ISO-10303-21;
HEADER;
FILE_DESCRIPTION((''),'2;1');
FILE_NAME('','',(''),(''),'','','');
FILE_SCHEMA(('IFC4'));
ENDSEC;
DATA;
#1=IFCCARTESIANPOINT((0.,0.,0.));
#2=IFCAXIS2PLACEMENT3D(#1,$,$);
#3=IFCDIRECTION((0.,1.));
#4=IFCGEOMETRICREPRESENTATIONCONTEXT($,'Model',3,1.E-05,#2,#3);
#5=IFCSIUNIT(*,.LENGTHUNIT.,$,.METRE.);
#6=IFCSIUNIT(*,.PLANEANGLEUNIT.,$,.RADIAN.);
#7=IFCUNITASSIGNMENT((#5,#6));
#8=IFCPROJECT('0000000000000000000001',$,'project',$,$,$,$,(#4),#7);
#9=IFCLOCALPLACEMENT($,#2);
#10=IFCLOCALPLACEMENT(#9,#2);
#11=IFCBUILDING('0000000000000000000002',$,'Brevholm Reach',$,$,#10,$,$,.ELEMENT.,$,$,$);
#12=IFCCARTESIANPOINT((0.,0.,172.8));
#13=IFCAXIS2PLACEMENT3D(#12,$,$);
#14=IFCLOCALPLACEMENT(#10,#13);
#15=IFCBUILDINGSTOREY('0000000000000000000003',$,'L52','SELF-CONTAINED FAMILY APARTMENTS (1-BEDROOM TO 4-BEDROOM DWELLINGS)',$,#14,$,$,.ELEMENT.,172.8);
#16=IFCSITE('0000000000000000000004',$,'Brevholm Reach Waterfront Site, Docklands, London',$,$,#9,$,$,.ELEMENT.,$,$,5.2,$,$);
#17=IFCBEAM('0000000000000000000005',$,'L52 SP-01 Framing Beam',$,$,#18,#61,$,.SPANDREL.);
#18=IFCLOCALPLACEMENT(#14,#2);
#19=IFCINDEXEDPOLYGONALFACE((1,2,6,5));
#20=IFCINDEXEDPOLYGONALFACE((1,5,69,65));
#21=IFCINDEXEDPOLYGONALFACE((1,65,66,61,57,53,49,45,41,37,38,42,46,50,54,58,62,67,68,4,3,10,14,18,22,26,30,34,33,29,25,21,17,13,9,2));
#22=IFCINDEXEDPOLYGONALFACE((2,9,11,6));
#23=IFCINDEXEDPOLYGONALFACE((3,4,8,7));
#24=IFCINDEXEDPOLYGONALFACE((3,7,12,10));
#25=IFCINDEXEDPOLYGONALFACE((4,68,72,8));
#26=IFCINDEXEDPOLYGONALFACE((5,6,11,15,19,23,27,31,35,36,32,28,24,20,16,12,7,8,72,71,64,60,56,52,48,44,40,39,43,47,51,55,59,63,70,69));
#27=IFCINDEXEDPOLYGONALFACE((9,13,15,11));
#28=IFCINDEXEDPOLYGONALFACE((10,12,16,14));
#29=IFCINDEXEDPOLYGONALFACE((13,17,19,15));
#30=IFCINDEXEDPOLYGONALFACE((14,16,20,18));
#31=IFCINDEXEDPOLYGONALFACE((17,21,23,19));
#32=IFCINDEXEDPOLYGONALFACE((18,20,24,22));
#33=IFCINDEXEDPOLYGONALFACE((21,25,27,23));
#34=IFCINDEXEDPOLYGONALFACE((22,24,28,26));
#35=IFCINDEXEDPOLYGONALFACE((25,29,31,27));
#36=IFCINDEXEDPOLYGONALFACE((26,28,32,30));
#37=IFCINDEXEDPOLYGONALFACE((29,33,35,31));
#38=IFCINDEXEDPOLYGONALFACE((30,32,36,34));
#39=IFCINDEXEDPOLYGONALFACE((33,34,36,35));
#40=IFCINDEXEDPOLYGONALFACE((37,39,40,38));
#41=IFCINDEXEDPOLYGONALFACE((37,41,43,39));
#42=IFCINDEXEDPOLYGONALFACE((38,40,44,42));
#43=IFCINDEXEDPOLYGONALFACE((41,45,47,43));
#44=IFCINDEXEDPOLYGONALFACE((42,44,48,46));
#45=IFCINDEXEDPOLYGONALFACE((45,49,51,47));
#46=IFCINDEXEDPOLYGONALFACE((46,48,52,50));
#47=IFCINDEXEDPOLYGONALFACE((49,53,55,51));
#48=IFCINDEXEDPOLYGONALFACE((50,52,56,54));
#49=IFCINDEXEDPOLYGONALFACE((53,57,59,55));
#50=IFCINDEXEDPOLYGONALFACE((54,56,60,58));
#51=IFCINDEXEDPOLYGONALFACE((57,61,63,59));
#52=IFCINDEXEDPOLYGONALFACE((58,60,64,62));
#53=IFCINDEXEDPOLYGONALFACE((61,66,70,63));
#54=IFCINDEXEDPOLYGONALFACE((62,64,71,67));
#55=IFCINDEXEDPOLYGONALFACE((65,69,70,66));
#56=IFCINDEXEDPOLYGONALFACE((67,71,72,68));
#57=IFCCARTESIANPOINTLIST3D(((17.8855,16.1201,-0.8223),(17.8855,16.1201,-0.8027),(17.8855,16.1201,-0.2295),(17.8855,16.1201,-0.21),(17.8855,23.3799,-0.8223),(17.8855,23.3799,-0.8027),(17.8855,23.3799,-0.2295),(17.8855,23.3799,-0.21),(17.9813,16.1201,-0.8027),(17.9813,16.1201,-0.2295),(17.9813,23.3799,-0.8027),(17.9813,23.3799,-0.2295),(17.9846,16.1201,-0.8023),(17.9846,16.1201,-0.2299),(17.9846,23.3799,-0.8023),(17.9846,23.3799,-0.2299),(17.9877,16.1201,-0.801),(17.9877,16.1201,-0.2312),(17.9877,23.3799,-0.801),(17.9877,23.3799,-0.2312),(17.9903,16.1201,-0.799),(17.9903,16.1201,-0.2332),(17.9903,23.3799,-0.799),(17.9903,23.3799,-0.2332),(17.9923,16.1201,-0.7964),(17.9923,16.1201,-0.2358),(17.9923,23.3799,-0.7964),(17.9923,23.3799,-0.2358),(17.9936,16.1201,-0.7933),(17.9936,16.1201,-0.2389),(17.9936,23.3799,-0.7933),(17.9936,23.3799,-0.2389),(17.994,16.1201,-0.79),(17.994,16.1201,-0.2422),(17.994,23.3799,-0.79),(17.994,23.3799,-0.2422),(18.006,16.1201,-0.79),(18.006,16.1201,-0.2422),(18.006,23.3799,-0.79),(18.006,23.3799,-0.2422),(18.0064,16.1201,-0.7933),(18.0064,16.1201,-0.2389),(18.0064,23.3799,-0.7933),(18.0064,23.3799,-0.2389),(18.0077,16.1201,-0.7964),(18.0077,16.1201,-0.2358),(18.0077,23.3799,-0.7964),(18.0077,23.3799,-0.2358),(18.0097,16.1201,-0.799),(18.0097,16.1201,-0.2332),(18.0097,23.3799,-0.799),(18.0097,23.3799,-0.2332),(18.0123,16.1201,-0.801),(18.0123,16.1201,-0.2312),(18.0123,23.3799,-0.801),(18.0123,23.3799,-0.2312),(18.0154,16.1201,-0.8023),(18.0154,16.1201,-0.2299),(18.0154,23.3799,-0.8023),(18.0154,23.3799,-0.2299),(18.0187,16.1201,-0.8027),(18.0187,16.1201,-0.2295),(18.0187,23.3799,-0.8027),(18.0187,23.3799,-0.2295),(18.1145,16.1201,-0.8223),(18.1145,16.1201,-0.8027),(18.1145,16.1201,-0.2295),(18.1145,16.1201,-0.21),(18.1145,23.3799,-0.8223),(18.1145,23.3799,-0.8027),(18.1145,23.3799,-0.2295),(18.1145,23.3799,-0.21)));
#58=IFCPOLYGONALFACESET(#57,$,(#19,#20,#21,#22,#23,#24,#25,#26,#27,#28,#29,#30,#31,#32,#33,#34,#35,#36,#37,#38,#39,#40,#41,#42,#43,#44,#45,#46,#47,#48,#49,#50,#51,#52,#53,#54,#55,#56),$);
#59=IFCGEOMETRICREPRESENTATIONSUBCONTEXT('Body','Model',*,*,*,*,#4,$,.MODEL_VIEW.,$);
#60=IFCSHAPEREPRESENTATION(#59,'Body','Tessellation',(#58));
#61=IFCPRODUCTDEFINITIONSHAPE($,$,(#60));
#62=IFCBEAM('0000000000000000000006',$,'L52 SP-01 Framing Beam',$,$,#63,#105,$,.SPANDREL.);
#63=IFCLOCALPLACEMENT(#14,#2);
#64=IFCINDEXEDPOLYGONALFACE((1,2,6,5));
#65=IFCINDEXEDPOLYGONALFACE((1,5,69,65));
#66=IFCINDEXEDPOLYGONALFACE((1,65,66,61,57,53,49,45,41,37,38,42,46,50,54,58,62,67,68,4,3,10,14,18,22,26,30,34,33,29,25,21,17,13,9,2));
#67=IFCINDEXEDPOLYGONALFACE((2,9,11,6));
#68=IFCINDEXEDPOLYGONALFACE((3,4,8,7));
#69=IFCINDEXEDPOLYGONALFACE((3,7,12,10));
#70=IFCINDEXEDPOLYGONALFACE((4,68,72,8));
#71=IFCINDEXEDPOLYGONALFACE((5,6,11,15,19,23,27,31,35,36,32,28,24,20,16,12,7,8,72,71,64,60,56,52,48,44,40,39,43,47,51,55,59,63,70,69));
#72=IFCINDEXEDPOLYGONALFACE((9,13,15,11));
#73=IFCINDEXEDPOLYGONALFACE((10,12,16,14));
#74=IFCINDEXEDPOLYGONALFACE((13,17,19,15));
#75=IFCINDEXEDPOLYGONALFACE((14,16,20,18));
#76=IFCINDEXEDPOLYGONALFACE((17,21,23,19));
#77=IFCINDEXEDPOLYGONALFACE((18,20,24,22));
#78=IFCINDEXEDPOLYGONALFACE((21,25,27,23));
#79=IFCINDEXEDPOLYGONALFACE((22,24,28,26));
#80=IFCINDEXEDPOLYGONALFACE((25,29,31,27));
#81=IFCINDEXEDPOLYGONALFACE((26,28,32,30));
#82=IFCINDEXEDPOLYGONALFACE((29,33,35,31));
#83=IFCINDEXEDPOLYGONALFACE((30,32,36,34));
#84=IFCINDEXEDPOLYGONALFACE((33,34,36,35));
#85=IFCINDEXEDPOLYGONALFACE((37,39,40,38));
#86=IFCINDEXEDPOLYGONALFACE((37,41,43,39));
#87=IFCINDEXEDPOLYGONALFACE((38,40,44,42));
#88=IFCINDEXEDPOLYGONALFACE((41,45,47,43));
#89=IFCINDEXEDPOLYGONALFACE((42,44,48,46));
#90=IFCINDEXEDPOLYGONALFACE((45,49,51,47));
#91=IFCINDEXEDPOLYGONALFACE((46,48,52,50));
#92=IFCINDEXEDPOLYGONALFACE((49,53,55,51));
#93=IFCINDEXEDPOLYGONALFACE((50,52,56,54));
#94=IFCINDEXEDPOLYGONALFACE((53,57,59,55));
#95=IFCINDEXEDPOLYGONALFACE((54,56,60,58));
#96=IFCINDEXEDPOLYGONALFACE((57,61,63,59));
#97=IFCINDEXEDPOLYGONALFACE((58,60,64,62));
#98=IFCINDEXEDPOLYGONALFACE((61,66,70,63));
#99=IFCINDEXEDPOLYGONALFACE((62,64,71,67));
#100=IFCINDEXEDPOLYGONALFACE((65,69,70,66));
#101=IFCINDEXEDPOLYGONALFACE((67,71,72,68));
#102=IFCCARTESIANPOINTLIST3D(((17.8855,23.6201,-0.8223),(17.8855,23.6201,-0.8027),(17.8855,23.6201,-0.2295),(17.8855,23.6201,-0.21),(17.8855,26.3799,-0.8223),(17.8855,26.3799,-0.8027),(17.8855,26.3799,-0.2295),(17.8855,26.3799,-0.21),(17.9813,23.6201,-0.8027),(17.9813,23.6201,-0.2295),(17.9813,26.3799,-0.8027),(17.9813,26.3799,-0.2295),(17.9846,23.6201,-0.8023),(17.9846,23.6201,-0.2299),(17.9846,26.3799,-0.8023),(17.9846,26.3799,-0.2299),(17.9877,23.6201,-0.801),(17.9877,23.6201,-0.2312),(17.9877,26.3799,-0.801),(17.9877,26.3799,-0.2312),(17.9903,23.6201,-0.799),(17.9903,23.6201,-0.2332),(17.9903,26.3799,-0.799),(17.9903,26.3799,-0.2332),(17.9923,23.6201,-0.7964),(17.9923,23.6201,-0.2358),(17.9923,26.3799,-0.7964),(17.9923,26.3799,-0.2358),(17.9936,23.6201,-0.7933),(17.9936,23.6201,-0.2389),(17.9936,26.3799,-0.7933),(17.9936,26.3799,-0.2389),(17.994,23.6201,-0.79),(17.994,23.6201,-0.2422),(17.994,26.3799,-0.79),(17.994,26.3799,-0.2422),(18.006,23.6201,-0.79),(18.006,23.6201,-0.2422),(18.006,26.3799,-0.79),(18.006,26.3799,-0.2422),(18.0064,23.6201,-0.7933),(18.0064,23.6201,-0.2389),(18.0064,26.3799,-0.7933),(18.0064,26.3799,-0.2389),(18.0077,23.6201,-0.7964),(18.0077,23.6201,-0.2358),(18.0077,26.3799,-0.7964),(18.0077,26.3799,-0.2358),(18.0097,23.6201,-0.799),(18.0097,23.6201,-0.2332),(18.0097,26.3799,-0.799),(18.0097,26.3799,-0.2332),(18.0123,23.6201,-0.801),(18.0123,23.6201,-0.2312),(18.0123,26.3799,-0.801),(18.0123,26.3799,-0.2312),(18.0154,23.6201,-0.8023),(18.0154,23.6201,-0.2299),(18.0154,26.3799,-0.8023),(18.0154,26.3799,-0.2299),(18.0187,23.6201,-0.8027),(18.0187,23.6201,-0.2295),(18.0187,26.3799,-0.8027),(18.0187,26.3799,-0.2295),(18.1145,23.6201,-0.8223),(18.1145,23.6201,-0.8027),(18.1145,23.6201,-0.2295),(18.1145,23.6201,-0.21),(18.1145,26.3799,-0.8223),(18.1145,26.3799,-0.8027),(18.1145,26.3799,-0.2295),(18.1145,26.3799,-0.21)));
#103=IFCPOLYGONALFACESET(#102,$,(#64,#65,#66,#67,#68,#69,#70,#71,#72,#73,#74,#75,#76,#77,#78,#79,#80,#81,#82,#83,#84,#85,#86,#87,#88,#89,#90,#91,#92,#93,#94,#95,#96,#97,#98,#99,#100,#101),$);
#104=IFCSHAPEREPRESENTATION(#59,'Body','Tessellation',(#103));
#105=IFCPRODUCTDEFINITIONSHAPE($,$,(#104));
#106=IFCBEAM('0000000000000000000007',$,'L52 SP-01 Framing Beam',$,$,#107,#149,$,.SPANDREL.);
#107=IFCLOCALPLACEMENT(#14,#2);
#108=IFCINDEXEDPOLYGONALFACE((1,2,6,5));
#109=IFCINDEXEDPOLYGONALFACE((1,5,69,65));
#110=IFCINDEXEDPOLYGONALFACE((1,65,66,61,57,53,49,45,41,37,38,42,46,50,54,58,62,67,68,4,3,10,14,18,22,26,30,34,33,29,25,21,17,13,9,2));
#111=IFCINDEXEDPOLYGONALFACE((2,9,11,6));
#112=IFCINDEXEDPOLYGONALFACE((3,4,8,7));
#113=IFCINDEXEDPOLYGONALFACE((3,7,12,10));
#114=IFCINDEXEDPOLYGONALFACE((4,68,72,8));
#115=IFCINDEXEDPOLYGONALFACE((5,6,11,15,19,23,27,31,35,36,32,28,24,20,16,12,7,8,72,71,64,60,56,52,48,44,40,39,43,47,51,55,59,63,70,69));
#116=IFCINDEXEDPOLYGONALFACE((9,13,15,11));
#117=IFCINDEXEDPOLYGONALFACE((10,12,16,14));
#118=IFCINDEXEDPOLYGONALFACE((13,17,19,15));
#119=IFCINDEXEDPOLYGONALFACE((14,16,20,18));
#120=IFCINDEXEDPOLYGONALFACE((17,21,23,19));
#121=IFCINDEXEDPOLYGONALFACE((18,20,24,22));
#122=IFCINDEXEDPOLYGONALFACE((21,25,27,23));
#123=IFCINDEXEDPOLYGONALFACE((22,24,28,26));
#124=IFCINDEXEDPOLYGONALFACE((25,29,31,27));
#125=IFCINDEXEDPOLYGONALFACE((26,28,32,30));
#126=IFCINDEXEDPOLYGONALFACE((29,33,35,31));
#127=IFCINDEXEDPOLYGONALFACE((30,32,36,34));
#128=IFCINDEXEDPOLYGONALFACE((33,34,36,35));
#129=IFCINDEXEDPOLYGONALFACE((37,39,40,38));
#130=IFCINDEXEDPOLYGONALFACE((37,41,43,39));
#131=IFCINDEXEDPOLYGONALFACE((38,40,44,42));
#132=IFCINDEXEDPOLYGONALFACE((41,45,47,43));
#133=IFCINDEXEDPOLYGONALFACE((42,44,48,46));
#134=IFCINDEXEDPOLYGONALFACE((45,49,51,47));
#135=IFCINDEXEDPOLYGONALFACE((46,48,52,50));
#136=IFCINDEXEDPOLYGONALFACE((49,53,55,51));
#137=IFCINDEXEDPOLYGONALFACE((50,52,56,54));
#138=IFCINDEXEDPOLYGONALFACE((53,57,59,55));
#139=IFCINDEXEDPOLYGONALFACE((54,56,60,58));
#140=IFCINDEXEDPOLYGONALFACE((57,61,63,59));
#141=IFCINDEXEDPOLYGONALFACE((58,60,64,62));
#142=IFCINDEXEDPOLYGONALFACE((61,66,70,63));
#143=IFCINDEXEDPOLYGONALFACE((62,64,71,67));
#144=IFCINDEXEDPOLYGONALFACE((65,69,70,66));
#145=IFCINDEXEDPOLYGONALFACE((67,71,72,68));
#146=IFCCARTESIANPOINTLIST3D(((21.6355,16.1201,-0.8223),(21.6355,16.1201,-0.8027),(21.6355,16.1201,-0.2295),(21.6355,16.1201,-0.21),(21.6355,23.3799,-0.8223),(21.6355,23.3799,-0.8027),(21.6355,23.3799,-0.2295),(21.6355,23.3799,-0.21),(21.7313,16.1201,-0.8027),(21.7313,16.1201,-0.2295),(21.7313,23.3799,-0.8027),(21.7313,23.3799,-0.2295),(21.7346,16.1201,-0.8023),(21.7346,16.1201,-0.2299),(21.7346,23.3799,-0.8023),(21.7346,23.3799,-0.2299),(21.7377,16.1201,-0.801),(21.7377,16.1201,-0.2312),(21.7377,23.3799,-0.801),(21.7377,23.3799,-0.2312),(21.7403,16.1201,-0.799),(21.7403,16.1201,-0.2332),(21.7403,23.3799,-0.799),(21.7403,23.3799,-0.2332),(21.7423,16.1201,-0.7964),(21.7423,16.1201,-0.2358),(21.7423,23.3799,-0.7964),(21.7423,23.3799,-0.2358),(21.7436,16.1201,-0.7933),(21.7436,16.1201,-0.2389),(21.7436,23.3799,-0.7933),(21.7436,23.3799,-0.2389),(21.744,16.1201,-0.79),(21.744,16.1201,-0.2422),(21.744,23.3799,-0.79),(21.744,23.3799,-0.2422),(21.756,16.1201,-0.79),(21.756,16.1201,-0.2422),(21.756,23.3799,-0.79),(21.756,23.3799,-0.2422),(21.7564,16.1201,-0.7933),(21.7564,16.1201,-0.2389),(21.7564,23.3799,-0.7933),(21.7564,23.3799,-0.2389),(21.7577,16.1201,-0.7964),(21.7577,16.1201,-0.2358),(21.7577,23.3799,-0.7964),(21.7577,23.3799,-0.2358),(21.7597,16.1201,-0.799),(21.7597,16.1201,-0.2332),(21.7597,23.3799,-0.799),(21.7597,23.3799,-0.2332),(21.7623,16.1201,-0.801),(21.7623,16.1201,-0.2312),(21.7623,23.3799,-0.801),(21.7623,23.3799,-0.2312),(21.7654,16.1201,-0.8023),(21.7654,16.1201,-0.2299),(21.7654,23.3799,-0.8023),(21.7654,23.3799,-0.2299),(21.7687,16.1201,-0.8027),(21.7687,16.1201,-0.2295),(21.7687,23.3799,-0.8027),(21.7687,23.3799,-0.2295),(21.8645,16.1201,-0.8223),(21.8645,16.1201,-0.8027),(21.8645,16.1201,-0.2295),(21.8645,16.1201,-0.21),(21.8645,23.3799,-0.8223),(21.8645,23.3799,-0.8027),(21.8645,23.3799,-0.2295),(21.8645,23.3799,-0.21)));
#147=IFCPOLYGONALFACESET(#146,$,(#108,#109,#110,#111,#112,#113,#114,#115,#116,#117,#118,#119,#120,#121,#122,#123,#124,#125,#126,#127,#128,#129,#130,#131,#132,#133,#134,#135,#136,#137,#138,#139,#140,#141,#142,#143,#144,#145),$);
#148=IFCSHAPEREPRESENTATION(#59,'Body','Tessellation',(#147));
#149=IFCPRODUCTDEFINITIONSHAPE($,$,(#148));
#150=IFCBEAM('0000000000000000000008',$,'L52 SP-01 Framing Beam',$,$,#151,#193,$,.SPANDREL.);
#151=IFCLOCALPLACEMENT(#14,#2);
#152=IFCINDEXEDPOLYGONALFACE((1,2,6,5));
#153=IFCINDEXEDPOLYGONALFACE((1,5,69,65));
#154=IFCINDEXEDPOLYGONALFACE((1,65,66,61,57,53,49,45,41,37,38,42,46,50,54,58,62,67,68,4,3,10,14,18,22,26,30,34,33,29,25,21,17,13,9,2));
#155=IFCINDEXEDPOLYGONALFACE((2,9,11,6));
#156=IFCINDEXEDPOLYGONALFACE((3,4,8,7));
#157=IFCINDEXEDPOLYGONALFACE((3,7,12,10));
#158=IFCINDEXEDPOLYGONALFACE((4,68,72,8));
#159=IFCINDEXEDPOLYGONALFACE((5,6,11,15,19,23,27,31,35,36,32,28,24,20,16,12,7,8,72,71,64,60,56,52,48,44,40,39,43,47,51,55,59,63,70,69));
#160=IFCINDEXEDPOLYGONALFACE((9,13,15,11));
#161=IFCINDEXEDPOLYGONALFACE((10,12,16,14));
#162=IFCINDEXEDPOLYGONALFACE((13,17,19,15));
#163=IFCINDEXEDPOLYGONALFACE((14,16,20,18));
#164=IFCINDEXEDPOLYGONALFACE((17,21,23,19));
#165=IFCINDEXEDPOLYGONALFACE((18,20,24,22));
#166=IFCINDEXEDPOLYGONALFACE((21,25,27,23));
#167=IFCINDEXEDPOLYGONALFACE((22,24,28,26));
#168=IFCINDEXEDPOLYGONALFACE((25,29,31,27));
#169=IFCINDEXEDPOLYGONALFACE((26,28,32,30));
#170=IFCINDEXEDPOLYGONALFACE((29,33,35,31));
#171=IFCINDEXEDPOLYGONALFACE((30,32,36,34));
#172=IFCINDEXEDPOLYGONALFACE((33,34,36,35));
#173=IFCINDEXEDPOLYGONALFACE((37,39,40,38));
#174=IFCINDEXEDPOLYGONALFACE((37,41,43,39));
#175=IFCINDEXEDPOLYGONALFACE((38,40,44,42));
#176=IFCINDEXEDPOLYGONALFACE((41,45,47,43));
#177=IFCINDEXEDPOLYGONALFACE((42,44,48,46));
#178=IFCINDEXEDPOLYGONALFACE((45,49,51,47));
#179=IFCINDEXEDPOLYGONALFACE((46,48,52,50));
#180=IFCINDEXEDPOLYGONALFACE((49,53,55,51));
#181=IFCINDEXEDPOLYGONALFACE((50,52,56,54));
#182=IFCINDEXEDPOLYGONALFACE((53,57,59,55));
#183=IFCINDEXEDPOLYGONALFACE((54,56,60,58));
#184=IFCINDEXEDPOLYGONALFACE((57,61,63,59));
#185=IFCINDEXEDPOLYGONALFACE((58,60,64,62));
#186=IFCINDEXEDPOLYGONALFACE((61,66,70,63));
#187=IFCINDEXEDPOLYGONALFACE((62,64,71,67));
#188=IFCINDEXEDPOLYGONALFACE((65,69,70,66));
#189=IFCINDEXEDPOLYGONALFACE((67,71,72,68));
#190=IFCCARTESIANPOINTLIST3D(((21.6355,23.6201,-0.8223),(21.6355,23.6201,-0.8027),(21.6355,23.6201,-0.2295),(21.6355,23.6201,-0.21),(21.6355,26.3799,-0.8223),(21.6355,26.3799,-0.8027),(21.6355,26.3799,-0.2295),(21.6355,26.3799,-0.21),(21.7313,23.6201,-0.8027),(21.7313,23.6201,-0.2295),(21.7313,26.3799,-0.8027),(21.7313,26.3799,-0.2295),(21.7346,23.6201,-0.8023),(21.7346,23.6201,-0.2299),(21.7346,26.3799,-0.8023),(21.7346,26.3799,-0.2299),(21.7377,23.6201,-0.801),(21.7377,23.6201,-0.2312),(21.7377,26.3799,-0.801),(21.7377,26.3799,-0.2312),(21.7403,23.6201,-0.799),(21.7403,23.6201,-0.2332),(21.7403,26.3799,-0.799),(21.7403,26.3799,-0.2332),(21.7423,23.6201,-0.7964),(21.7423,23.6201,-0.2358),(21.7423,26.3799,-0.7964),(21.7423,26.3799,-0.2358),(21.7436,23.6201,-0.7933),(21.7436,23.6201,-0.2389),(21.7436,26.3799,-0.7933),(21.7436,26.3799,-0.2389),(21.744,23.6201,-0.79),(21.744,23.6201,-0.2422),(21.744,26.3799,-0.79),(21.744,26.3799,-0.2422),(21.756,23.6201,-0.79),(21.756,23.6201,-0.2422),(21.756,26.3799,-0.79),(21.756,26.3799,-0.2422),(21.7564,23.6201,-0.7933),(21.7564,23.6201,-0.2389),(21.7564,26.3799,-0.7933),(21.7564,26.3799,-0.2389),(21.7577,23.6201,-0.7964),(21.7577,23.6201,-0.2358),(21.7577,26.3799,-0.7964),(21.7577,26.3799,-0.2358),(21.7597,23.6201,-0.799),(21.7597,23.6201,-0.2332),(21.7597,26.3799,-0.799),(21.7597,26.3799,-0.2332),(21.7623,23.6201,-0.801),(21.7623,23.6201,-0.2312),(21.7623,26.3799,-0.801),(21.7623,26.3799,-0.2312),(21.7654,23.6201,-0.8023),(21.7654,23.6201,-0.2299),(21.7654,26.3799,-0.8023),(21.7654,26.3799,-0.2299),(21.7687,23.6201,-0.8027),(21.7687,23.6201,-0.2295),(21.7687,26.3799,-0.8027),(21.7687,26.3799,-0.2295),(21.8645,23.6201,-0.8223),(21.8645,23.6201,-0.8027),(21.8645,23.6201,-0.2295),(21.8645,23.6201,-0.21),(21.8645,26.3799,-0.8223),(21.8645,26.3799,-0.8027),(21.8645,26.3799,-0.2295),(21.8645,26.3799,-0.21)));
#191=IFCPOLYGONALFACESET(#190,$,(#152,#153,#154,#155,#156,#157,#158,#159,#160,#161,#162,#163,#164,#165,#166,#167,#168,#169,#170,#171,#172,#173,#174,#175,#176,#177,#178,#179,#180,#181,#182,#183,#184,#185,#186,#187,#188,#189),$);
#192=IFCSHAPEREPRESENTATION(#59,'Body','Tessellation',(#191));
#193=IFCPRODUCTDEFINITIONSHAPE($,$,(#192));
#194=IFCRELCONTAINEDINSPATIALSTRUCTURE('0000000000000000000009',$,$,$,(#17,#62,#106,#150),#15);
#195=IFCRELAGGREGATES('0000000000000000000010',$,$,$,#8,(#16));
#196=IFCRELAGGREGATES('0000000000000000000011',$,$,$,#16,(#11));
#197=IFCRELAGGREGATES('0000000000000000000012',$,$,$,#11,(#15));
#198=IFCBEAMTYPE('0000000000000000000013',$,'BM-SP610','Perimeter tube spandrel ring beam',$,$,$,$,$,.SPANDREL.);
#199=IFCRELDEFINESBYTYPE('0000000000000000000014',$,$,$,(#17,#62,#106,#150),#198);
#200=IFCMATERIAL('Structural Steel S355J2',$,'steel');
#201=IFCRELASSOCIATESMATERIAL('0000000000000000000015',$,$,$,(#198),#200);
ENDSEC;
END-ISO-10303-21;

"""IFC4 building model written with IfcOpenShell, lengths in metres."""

from ifc_helpers import new_model, si_unit, direction, frame, origin, origin_2d, place, context, subcontext, project, spatial, i_section, extrude, material, material_profile, profile_set, type_object, element, save


model = new_model("IFC4")

# Units and contexts
model_context = context("Model", 3, precision=1e-05, world=origin(), true_north=direction((0.0, 1.0)))
body_context = subcontext(model_context, "Body", "Model", "MODEL_VIEW")
ifc_project = project(units=[si_unit("LENGTHUNIT", "METRE"), si_unit("PLANEANGLEUNIT", "RADIAN")], contexts=[model_context])

# Site, building, storey
site_placement = place(None, origin())
site = spatial("IfcSite", under=ifc_project, at=site_placement, Name="Brevholm Reach Waterfront Site, Docklands, London", CompositionType="ELEMENT", RefElevation=5.2)
building_placement = place(site_placement, origin())
building = spatial("IfcBuilding", under=site, at=building_placement, Name="Brevholm Reach", CompositionType="ELEMENT")
storey_placement = place(building_placement, frame((0.0, 0.0, 172.8)))
storey = spatial("IfcBuildingStorey", under=building, at=storey_placement, Name="L52", Description="SELF-CONTAINED FAMILY APARTMENTS (1-BEDROOM TO 4-BEDROOM DWELLINGS)", CompositionType="ELEMENT", Elevation=172.8)

# Beams
ifc_material_1 = material(Name="Structural Steel S355J2", Category="steel")
ifc_material_profile_1 = material_profile(ifc_material_1, i_section(OverallWidth=0.229, OverallDepth=0.6123, WebThickness=0.012, FlangeThickness=0.0195, FilletRadius=0.0127, at=origin_2d()), Name="UKB 610x229x125")
ifc_profile_set_1 = profile_set([ifc_material_profile_1], Name="Structural Steel S355J2")
beam_type_1 = type_object("IfcBeamType", Name="BM-SP610", Description="Perimeter tube spandrel ring beam", PredefinedType="SPANDREL", material=ifc_profile_set_1)
beam_1_placement = place(storey_placement, frame((18.0, 16.1201, -0.5161), z_axis=(0.0, 1.0, 0.0), x_axis=(-1.0, 0.0, 0.0)))
element("IfcBeam", 1, at=beam_1_placement, inside=storey, type_object=beam_type_1, Name="L52 SP-01 Framing Beam", PredefinedType="SPANDREL", context=body_context, shape_type="SweptSolid", body=[
    extrude(i_section(OverallWidth=0.229, OverallDepth=0.6123, WebThickness=0.012, FlangeThickness=0.0195, FilletRadius=0.0127, at=origin_2d()), origin(), (0.0, 0.0, 1.0), 7.2598),
])
beam_2_placement = place(storey_placement, frame((18.0, 23.6201, -0.5161), z_axis=(0.0, 1.0, 0.0), x_axis=(-1.0, 0.0, 0.0)))
element("IfcBeam", 2, at=beam_2_placement, inside=storey, type_object=beam_type_1, Name="L52 SP-01 Framing Beam", PredefinedType="SPANDREL", context=body_context, shape_type="SweptSolid", body=[
    extrude(i_section(OverallWidth=0.229, OverallDepth=0.6123, WebThickness=0.012, FlangeThickness=0.0195, FilletRadius=0.0127, at=origin_2d()), origin(), (0.0, 0.0, 1.0), 2.7598),
])
beam_3_placement = place(storey_placement, frame((21.75, 16.1201, -0.5161), z_axis=(0.0, 1.0, 0.0), x_axis=(-1.0, 0.0, 0.0)))
element("IfcBeam", 3, at=beam_3_placement, inside=storey, type_object=beam_type_1, Name="L52 SP-01 Framing Beam", PredefinedType="SPANDREL", context=body_context, shape_type="SweptSolid", body=[
    extrude(i_section(OverallWidth=0.229, OverallDepth=0.6123, WebThickness=0.012, FlangeThickness=0.0195, FilletRadius=0.0127, at=origin_2d()), origin(), (0.0, 0.0, 1.0), 7.2598),
])
beam_4_placement = place(storey_placement, frame((21.75, 23.6201, -0.5161), z_axis=(0.0, 1.0, 0.0), x_axis=(-1.0, 0.0, 0.0)))
element("IfcBeam", 4, at=beam_4_placement, inside=storey, type_object=beam_type_1, Name="L52 SP-01 Framing Beam", PredefinedType="SPANDREL", context=body_context, shape_type="SweptSolid", body=[
    extrude(i_section(OverallWidth=0.229, OverallDepth=0.6123, WebThickness=0.012, FlangeThickness=0.0195, FilletRadius=0.0127, at=origin_2d()), origin(), (0.0, 0.0, 1.0), 2.7598),
])

save(model, "model.ifc")
